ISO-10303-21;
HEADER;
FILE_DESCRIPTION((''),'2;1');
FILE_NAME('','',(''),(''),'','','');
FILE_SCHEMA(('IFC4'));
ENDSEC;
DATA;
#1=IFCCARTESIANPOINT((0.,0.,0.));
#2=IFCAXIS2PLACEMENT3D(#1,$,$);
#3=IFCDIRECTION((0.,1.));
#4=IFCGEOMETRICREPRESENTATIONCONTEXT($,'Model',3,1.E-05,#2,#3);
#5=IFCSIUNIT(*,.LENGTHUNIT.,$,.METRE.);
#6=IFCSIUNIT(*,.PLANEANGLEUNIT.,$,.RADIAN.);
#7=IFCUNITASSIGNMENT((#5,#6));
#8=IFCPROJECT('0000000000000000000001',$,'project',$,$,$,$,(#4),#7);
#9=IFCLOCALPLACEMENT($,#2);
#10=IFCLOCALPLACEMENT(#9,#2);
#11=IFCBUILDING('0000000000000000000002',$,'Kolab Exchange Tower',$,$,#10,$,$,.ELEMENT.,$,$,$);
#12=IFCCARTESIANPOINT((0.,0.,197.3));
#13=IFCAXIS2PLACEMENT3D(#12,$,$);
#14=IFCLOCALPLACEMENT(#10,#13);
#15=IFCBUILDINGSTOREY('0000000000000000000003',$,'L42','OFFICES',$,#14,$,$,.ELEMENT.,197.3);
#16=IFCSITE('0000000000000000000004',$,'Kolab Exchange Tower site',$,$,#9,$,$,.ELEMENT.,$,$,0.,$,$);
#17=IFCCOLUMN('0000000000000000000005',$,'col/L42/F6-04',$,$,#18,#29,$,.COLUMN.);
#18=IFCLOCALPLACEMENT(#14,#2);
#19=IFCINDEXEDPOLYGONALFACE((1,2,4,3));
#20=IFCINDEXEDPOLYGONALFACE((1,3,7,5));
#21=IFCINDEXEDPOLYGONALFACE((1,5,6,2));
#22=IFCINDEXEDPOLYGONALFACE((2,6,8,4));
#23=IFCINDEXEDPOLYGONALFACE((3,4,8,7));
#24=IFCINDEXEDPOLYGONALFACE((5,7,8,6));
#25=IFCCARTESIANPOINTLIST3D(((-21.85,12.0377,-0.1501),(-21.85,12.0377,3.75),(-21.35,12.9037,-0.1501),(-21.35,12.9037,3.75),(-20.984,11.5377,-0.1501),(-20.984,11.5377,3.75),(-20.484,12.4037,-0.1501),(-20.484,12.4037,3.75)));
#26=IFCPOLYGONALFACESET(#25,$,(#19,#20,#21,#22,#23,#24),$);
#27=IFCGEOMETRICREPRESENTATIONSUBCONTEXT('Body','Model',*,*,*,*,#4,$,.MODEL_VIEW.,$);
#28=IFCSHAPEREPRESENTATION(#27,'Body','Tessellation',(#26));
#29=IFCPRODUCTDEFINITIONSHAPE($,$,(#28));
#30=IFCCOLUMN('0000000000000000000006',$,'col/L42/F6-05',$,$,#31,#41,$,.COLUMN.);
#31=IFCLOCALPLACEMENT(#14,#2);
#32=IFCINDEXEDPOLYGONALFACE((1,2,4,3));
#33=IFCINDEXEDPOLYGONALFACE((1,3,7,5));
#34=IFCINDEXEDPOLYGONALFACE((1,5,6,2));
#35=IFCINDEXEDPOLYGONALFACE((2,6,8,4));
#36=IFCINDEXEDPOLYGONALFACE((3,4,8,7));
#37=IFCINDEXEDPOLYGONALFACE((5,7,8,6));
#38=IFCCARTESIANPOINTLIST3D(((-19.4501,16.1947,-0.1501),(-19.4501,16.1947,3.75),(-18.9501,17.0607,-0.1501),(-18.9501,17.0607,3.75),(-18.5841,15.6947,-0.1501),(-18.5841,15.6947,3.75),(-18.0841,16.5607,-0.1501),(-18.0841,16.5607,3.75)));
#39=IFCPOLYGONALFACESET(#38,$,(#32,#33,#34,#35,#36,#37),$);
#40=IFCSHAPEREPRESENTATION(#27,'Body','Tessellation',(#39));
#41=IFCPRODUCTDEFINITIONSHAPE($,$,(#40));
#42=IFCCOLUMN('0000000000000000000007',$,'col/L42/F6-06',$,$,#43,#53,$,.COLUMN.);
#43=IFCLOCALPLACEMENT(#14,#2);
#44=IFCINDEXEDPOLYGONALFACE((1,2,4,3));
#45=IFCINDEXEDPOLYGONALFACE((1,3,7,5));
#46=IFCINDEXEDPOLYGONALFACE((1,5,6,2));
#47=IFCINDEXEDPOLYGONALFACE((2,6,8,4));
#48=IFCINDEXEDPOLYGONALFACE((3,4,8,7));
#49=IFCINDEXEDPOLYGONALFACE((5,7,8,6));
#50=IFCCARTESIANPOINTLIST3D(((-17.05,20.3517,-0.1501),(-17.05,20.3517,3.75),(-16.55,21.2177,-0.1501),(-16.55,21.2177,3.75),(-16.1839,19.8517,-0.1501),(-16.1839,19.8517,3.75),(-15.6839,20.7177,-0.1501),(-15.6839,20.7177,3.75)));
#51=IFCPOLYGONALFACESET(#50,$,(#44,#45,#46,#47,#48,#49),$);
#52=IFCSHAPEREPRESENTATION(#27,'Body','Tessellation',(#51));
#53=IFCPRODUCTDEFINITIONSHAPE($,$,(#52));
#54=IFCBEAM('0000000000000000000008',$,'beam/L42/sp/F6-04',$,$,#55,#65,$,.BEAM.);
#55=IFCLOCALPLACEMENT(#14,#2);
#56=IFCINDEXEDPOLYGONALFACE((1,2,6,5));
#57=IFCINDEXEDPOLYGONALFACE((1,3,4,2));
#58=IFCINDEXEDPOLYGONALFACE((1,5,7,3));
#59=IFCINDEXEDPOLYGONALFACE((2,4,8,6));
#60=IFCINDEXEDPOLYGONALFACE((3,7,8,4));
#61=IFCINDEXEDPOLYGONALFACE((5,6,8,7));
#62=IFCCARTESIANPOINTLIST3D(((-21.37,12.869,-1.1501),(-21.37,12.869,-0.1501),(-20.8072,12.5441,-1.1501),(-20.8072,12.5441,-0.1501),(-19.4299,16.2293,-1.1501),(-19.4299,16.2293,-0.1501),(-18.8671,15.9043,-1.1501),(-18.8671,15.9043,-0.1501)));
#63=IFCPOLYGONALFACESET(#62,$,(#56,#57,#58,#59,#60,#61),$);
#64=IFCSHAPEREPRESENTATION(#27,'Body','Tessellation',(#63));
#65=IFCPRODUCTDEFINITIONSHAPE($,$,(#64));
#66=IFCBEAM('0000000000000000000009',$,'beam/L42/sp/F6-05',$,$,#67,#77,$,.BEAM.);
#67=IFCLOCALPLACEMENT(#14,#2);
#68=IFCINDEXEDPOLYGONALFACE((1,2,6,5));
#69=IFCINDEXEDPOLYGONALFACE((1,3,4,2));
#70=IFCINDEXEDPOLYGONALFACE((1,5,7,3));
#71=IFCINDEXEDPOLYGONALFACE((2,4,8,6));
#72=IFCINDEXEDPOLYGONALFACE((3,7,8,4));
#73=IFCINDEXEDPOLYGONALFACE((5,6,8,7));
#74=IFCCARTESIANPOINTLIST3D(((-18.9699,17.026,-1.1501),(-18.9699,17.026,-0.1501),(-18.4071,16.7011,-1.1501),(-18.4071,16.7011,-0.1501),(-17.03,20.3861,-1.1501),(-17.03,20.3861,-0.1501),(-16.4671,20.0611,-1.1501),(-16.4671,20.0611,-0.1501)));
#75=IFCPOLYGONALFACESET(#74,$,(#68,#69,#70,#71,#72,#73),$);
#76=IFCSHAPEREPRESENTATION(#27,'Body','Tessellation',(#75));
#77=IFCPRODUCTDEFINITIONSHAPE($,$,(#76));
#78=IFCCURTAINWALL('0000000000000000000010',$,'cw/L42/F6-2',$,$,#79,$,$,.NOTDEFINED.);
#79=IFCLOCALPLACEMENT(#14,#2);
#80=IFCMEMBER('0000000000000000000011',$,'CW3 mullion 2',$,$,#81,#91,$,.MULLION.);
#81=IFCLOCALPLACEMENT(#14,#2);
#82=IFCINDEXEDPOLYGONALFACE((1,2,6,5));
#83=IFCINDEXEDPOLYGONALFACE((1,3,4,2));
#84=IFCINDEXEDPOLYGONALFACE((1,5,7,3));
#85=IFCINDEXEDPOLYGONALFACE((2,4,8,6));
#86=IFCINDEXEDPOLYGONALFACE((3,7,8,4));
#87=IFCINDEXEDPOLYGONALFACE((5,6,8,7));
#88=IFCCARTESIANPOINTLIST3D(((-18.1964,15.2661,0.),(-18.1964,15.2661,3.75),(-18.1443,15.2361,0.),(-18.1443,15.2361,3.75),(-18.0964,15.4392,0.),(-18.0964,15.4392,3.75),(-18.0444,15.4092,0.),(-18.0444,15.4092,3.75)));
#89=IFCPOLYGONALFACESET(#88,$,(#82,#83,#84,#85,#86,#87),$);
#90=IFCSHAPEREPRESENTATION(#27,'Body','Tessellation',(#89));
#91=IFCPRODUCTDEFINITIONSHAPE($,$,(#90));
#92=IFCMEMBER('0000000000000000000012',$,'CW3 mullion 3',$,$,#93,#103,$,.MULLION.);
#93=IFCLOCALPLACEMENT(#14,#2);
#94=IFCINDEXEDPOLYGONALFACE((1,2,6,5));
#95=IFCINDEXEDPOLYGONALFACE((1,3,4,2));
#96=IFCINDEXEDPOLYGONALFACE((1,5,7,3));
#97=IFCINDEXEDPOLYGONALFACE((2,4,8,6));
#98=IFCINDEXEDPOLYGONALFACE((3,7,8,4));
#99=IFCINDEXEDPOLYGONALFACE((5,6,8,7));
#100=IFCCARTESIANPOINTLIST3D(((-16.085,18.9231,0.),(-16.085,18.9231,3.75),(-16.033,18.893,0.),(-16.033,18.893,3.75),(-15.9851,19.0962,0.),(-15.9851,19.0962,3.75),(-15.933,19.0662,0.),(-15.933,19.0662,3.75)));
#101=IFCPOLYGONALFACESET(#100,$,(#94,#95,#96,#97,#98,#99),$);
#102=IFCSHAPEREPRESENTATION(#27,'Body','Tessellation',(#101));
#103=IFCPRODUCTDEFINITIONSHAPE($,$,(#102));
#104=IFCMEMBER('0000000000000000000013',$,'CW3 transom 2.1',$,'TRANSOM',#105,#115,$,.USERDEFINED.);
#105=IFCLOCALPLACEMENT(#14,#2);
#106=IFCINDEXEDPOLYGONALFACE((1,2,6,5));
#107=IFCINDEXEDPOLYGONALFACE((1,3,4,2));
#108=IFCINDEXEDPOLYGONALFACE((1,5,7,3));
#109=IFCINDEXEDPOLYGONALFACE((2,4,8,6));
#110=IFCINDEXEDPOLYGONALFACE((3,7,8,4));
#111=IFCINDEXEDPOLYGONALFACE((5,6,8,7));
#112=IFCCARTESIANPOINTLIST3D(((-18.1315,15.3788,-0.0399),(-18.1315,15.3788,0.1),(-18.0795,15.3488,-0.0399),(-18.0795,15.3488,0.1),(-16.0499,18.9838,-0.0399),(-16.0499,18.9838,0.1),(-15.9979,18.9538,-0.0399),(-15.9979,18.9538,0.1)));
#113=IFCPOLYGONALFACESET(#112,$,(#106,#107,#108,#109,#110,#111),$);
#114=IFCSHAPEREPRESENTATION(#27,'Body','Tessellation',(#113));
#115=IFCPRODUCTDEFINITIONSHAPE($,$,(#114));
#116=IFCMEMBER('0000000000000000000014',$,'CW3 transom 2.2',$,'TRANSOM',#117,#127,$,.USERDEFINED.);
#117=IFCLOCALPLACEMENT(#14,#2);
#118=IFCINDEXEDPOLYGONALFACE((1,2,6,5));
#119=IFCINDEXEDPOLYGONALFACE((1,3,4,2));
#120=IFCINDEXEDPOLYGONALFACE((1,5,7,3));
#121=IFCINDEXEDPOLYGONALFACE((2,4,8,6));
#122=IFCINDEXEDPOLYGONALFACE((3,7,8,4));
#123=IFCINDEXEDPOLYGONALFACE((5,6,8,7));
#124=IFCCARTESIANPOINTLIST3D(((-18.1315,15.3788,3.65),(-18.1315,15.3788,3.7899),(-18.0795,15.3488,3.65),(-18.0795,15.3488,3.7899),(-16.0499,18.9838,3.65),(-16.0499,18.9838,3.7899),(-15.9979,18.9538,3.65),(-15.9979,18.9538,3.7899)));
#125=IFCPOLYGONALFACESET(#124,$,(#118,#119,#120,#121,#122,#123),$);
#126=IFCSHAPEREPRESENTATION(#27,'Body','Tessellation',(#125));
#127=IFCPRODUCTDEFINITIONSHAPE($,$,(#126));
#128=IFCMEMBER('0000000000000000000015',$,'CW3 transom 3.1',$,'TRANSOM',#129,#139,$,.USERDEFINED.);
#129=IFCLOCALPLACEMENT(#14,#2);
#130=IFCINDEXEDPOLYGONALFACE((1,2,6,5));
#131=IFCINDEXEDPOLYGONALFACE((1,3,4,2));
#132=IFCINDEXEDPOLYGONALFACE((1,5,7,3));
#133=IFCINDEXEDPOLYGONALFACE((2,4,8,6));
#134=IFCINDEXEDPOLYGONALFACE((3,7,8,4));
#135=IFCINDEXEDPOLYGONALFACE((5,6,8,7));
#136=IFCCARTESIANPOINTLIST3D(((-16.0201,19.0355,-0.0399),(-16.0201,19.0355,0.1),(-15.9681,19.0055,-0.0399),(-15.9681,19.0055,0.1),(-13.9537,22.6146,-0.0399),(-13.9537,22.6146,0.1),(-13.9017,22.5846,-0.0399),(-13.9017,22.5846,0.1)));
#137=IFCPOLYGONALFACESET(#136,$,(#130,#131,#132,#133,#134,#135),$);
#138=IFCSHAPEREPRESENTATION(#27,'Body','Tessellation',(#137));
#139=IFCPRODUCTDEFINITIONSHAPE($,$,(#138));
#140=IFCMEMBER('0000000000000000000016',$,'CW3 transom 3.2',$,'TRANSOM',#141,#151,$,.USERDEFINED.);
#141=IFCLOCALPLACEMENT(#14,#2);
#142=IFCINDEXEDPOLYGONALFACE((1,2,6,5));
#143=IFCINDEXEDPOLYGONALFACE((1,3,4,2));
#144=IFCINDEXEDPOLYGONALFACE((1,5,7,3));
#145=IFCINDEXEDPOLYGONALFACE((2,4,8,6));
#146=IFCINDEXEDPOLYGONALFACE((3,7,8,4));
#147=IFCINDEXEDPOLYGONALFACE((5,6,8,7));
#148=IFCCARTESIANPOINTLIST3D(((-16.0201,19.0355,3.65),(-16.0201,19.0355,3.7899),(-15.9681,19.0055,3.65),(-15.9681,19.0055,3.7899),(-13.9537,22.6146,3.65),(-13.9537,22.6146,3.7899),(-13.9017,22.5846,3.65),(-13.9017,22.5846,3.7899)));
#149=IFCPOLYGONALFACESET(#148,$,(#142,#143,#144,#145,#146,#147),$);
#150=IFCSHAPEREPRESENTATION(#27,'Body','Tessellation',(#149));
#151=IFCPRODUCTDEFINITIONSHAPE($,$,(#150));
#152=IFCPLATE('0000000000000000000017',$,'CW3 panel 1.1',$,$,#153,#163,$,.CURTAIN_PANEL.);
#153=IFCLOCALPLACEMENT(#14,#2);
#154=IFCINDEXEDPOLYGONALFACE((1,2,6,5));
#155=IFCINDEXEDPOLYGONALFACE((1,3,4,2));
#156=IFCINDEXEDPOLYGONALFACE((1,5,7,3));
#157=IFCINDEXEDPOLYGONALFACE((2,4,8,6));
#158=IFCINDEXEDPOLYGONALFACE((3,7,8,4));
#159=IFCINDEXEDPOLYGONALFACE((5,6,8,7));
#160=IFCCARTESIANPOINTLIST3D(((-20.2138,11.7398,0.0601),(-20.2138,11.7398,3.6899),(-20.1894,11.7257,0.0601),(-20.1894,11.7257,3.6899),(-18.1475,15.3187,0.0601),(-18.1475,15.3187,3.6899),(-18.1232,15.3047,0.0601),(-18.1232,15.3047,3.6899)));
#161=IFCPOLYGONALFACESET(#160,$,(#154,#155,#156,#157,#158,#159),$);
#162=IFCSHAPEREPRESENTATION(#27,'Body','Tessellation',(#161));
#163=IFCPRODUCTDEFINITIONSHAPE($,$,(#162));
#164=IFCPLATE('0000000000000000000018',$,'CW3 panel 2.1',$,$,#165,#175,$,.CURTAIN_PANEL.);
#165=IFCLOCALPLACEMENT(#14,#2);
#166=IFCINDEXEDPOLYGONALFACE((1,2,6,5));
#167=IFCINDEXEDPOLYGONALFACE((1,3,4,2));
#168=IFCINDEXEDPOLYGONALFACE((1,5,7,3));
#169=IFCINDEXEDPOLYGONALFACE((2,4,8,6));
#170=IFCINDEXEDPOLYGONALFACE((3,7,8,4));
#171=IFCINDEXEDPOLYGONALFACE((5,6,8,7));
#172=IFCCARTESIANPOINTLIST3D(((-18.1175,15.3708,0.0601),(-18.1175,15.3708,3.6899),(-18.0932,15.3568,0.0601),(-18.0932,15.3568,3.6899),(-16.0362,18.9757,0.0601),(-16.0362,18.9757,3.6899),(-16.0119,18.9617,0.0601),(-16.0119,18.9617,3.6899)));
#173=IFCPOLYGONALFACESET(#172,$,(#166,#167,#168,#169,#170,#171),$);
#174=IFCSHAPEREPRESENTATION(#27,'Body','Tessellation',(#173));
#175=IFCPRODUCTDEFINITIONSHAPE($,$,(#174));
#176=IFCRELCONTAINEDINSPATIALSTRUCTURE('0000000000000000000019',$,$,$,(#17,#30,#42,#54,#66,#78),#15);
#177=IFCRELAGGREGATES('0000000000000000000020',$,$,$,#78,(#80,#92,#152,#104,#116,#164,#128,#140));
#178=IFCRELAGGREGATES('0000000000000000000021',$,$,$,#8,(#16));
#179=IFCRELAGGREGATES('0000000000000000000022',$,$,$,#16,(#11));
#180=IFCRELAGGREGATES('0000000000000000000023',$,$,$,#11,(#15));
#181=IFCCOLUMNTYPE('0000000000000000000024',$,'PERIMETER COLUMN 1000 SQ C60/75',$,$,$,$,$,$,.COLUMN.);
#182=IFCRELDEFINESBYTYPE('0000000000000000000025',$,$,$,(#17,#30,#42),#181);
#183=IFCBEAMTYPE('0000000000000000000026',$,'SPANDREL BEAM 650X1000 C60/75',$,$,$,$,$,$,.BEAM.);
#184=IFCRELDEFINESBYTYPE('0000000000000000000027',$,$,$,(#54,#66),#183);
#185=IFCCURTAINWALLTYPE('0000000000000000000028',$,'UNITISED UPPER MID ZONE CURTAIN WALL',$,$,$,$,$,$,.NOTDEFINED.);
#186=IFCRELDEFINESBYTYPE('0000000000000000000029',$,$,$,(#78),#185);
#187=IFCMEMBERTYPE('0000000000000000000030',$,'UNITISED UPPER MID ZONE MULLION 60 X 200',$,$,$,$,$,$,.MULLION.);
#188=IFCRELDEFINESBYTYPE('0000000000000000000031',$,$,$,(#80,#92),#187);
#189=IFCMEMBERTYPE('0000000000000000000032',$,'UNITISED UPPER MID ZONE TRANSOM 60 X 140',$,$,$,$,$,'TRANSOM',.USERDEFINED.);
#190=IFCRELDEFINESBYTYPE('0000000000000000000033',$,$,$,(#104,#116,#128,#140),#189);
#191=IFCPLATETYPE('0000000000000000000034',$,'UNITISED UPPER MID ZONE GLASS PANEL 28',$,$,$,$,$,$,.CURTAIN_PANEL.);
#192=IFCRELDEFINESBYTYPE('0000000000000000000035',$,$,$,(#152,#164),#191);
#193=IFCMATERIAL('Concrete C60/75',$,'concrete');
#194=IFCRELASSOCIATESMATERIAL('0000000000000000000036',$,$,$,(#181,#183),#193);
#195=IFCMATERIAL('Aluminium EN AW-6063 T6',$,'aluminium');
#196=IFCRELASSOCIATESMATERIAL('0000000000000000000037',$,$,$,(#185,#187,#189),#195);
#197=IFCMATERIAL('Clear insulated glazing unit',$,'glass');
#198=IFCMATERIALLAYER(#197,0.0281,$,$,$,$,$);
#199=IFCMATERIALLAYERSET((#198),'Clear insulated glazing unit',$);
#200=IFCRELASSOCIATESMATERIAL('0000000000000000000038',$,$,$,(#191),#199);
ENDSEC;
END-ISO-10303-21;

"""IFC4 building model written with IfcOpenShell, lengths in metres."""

from ifc_helpers import new_model, si_unit, direction, frame, origin, origin_2d, place, context, subcontext, project, spatial, rectangle, extrude, material, layer, layer_set, material_profile, profile_set, type_object, element, aggregate, save


model = new_model("IFC4")

# Units and contexts
model_context = context("Model", 3, precision=1e-05, world=origin(), true_north=direction((0.0, 1.0)))
body_context = subcontext(model_context, "Body", "Model", "MODEL_VIEW")
ifc_project = project(units=[si_unit("LENGTHUNIT", "METRE"), si_unit("PLANEANGLEUNIT", "RADIAN")], contexts=[model_context])

# Site, building, storey
site_placement = place(None, origin())
site = spatial("IfcSite", under=ifc_project, at=site_placement, Name="Kolab Exchange Tower site", CompositionType="ELEMENT", RefElevation=0.0)
building_placement = place(site_placement, origin())
building = spatial("IfcBuilding", under=site, at=building_placement, Name="Kolab Exchange Tower", CompositionType="ELEMENT")
storey_placement = place(building_placement, frame((0.0, 0.0, 197.3)))
storey = spatial("IfcBuildingStorey", under=building, at=storey_placement, Name="L42", Description="OFFICES", CompositionType="ELEMENT", Elevation=197.3)

# Columns
ifc_material_1 = material(Name="Concrete C60/75", Category="concrete")
ifc_material_profile_1 = material_profile(ifc_material_1, rectangle(XDim=1.0, YDim=1.0, at=origin_2d()), Name="RC1000")
ifc_profile_set_1 = profile_set([ifc_material_profile_1], Name="Concrete C60/75")
column_type = type_object("IfcColumnType", Name="PERIMETER COLUMN 1000 SQ C60/75", PredefinedType="COLUMN", material=ifc_profile_set_1)
for number, where, z_axis, x_axis, name in (
    (1, (-21.167, 12.2207, -0.1501), (0.0, 0.0, 1.0), (0.5, 0.866025, 0.0), "col/L42/F6-04"),
    (2, (-18.7671, 16.3777, -0.1501), (0.0, 0.0, 1.0), (0.5, 0.866025, 0.0), "col/L42/F6-05"),
    (3, (-16.3669, 20.5347, -0.1501), (0.0, 0.0, 1.0), (0.5, 0.866025, 0.0), "col/L42/F6-06"),
):
    element("IfcColumn", number, at=place(storey_placement, frame(where, z_axis=z_axis, x_axis=x_axis)), inside=storey, type_object=column_type, Name=name, PredefinedType="COLUMN", context=body_context, shape_type="SweptSolid", body=[
        extrude(rectangle(XDim=1.0, YDim=1.0, at=origin_2d()), origin(), (0.0, 0.0, 1.0), 3.9001),
    ])

# Beams
ifc_material_profile_2 = material_profile(ifc_material_1, rectangle(XDim=0.6499, YDim=1.0, at=origin_2d()), Name="RC650X1000")
ifc_profile_set_2 = profile_set([ifc_material_profile_2], Name="Concrete C60/75")
beam_type = type_object("IfcBeamType", Name="SPANDREL BEAM 650X1000 C60/75", PredefinedType="BEAM", material=ifc_profile_set_2)
beam_1_placement = place(storey_placement, frame((-21.0886, 12.7065, -0.6501), z_axis=(0.500017, 0.866016, 0.0), x_axis=(-0.866016, 0.500017, 0.0)))
element("IfcBeam", 4, at=beam_1_placement, inside=storey, type_object=beam_type, Name="beam/L42/sp/F6-04", PredefinedType="BEAM", context=body_context, shape_type="SweptSolid", body=[
    extrude(rectangle(XDim=0.6499, YDim=1.0, at=origin_2d()), origin(), (0.0, 0.0, 1.0), 3.8801),
])
beam_2_placement = place(storey_placement, frame((-18.6885, 16.8635, -0.6501), z_axis=(0.499997, 0.866027, 0.0), x_axis=(-0.866027, 0.499997, 0.0)))
element("IfcBeam", 5, at=beam_2_placement, inside=storey, type_object=beam_type, Name="beam/L42/sp/F6-05", PredefinedType="BEAM", context=body_context, shape_type="SweptSolid", body=[
    extrude(rectangle(XDim=0.6499, YDim=1.0, at=origin_2d()), origin(), (0.0, 0.0, 1.0), 3.8799),
])

# Curtain wall, members, plates
ifc_material_2 = material(Name="Aluminium EN AW-6063 T6", Category="aluminium")
curtain_wall_type = type_object("IfcCurtainWallType", Name="UNITISED UPPER MID ZONE CURTAIN WALL", PredefinedType="NOTDEFINED", material=ifc_material_2)
curtain_wall_placement = place(storey_placement, origin())
curtain_wall = element("IfcCurtainWall", 6, at=curtain_wall_placement, inside=storey, type_object=curtain_wall_type, Name="cw/L42/F6-2", PredefinedType="NOTDEFINED")
ifc_material_profile_3 = material_profile(ifc_material_2, rectangle(XDim=0.0601, YDim=0.2, at=origin_2d()), Name="RECT 60X200")
ifc_profile_set_3 = profile_set([ifc_material_profile_3], Name="Aluminium EN AW-6063 T6")
member_type_1 = type_object("IfcMemberType", Name="UNITISED UPPER MID ZONE MULLION 60 X 200", PredefinedType="MULLION", material=ifc_profile_set_3)
member_1_placement = place(storey_placement, frame((-18.1204, 15.3376, 0.0), z_axis=(0.0, 0.0, 1.0), x_axis=(-0.866025, 0.5, 0.0)))
member_1 = element("IfcMember", 7, at=member_1_placement, type_object=member_type_1, Name="CW3 mullion 2", PredefinedType="MULLION", context=body_context, shape_type="SweptSolid", body=[
    extrude(rectangle(XDim=0.0601, YDim=0.2, at=origin_2d()), origin(), (0.0, 0.0, 1.0), 3.75),
])
member_2_placement = place(storey_placement, frame((-16.009, 18.9946, 0.0), z_axis=(0.0, 0.0, 1.0), x_axis=(-0.866025, 0.5, 0.0)))
member_2 = element("IfcMember", 8, at=member_2_placement, type_object=member_type_1, Name="CW3 mullion 3", PredefinedType="MULLION", context=body_context, shape_type="SweptSolid", body=[
    extrude(rectangle(XDim=0.0601, YDim=0.2, at=origin_2d()), origin(), (0.0, 0.0, 1.0), 3.75),
])
ifc_material_profile_4 = material_profile(ifc_material_2, rectangle(XDim=0.0601, YDim=0.1399, at=origin_2d()), Name="RECT 60X140")
ifc_profile_set_4 = profile_set([ifc_material_profile_4], Name="Aluminium EN AW-6063 T6")
member_type_2 = type_object("IfcMemberType", Name="UNITISED UPPER MID ZONE TRANSOM 60 X 140", ElementType="TRANSOM", PredefinedType="USERDEFINED", material=ifc_profile_set_4)
member_3_placement = place(storey_placement, frame((-18.1055, 15.3638, 0.03), z_axis=(0.500037, 0.866004, 0.0), x_axis=(-0.866004, 0.500037, 0.0)))
member_3 = element("IfcMember", 9, at=member_3_placement, type_object=member_type_2, Name="CW3 transom 2.1", ObjectType="TRANSOM", PredefinedType="USERDEFINED", context=body_context, shape_type="SweptSolid", body=[
    extrude(rectangle(XDim=0.0601, YDim=0.1399, at=origin_2d()), origin(), (0.0, 0.0, 1.0), 4.1628),
])
member_4_placement = place(storey_placement, frame((-18.1055, 15.3638, 3.72), z_axis=(0.500037, 0.866004, 0.0), x_axis=(-0.866004, 0.500037, 0.0)))
member_4 = element("IfcMember", 10, at=member_4_placement, type_object=member_type_2, Name="CW3 transom 2.2", ObjectType="TRANSOM", PredefinedType="USERDEFINED", context=body_context, shape_type="SweptSolid", body=[
    extrude(rectangle(XDim=0.0601, YDim=0.1399, at=origin_2d()), origin(), (0.0, 0.0, 1.0), 4.1628),
])
member_5_placement = place(storey_placement, frame((-15.9941, 19.0205, 0.03), z_axis=(0.500002, 0.866024, 0.0), x_axis=(-0.866024, 0.500002, 0.0)))
member_5 = element("IfcMember", 11, at=member_5_placement, type_object=member_type_2, Name="CW3 transom 3.1", ObjectType="TRANSOM", PredefinedType="USERDEFINED", context=body_context, shape_type="SweptSolid", body=[
    extrude(rectangle(XDim=0.0601, YDim=0.1399, at=origin_2d()), origin(), (0.0, 0.0, 1.0), 4.1328),
])
member_6_placement = place(storey_placement, frame((-15.9941, 19.0205, 3.72), z_axis=(0.500002, 0.866024, 0.0), x_axis=(-0.866024, 0.500002, 0.0)))
member_6 = element("IfcMember", 12, at=member_6_placement, type_object=member_type_2, Name="CW3 transom 3.2", ObjectType="TRANSOM", PredefinedType="USERDEFINED", context=body_context, shape_type="SweptSolid", body=[
    extrude(rectangle(XDim=0.0601, YDim=0.1399, at=origin_2d()), origin(), (0.0, 0.0, 1.0), 4.1328),
])
ifc_material_3 = material(Name="Clear insulated glazing unit", Category="glass")
ifc_layer_1 = layer(ifc_material_3, 0.0281)
ifc_layer_set_1 = layer_set([ifc_layer_1], Name="Clear insulated glazing unit")
plate_type = type_object("IfcPlateType", Name="UNITISED UPPER MID ZONE GLASS PANEL 28", PredefinedType="CURTAIN_PANEL", material=ifc_layer_set_1)
plate_1_placement = place(storey_placement, frame((-19.1685, 13.5222, 0.0601), z_axis=(0.0, 0.0, 1.0), x_axis=(0.5, 0.866025, 0.0)))
plate_1 = element("IfcPlate", 13, at=plate_1_placement, type_object=plate_type, Name="CW3 panel 1.1", PredefinedType="CURTAIN_PANEL", context=body_context, shape_type="SweptSolid", body=[
    extrude(rectangle(XDim=4.1326, YDim=0.0281, at=origin_2d()), origin(), (0.0, 0.0, 1.0), 3.6299),
])
plate_2_placement = place(storey_placement, frame((-17.0647, 17.1663, 0.0601), z_axis=(0.0, 0.0, 1.0), x_axis=(0.5, 0.866025, 0.0)))
plate_2 = element("IfcPlate", 14, at=plate_2_placement, type_object=plate_type, Name="CW3 panel 2.1", PredefinedType="CURTAIN_PANEL", context=body_context, shape_type="SweptSolid", body=[
    extrude(rectangle(XDim=4.1626, YDim=0.0281, at=origin_2d()), origin(), (0.0, 0.0, 1.0), 3.6299),
])
aggregate(curtain_wall, [member_1, member_2, plate_1, member_3, member_4, plate_2, member_5, member_6])

save(model, "model.ifc")
